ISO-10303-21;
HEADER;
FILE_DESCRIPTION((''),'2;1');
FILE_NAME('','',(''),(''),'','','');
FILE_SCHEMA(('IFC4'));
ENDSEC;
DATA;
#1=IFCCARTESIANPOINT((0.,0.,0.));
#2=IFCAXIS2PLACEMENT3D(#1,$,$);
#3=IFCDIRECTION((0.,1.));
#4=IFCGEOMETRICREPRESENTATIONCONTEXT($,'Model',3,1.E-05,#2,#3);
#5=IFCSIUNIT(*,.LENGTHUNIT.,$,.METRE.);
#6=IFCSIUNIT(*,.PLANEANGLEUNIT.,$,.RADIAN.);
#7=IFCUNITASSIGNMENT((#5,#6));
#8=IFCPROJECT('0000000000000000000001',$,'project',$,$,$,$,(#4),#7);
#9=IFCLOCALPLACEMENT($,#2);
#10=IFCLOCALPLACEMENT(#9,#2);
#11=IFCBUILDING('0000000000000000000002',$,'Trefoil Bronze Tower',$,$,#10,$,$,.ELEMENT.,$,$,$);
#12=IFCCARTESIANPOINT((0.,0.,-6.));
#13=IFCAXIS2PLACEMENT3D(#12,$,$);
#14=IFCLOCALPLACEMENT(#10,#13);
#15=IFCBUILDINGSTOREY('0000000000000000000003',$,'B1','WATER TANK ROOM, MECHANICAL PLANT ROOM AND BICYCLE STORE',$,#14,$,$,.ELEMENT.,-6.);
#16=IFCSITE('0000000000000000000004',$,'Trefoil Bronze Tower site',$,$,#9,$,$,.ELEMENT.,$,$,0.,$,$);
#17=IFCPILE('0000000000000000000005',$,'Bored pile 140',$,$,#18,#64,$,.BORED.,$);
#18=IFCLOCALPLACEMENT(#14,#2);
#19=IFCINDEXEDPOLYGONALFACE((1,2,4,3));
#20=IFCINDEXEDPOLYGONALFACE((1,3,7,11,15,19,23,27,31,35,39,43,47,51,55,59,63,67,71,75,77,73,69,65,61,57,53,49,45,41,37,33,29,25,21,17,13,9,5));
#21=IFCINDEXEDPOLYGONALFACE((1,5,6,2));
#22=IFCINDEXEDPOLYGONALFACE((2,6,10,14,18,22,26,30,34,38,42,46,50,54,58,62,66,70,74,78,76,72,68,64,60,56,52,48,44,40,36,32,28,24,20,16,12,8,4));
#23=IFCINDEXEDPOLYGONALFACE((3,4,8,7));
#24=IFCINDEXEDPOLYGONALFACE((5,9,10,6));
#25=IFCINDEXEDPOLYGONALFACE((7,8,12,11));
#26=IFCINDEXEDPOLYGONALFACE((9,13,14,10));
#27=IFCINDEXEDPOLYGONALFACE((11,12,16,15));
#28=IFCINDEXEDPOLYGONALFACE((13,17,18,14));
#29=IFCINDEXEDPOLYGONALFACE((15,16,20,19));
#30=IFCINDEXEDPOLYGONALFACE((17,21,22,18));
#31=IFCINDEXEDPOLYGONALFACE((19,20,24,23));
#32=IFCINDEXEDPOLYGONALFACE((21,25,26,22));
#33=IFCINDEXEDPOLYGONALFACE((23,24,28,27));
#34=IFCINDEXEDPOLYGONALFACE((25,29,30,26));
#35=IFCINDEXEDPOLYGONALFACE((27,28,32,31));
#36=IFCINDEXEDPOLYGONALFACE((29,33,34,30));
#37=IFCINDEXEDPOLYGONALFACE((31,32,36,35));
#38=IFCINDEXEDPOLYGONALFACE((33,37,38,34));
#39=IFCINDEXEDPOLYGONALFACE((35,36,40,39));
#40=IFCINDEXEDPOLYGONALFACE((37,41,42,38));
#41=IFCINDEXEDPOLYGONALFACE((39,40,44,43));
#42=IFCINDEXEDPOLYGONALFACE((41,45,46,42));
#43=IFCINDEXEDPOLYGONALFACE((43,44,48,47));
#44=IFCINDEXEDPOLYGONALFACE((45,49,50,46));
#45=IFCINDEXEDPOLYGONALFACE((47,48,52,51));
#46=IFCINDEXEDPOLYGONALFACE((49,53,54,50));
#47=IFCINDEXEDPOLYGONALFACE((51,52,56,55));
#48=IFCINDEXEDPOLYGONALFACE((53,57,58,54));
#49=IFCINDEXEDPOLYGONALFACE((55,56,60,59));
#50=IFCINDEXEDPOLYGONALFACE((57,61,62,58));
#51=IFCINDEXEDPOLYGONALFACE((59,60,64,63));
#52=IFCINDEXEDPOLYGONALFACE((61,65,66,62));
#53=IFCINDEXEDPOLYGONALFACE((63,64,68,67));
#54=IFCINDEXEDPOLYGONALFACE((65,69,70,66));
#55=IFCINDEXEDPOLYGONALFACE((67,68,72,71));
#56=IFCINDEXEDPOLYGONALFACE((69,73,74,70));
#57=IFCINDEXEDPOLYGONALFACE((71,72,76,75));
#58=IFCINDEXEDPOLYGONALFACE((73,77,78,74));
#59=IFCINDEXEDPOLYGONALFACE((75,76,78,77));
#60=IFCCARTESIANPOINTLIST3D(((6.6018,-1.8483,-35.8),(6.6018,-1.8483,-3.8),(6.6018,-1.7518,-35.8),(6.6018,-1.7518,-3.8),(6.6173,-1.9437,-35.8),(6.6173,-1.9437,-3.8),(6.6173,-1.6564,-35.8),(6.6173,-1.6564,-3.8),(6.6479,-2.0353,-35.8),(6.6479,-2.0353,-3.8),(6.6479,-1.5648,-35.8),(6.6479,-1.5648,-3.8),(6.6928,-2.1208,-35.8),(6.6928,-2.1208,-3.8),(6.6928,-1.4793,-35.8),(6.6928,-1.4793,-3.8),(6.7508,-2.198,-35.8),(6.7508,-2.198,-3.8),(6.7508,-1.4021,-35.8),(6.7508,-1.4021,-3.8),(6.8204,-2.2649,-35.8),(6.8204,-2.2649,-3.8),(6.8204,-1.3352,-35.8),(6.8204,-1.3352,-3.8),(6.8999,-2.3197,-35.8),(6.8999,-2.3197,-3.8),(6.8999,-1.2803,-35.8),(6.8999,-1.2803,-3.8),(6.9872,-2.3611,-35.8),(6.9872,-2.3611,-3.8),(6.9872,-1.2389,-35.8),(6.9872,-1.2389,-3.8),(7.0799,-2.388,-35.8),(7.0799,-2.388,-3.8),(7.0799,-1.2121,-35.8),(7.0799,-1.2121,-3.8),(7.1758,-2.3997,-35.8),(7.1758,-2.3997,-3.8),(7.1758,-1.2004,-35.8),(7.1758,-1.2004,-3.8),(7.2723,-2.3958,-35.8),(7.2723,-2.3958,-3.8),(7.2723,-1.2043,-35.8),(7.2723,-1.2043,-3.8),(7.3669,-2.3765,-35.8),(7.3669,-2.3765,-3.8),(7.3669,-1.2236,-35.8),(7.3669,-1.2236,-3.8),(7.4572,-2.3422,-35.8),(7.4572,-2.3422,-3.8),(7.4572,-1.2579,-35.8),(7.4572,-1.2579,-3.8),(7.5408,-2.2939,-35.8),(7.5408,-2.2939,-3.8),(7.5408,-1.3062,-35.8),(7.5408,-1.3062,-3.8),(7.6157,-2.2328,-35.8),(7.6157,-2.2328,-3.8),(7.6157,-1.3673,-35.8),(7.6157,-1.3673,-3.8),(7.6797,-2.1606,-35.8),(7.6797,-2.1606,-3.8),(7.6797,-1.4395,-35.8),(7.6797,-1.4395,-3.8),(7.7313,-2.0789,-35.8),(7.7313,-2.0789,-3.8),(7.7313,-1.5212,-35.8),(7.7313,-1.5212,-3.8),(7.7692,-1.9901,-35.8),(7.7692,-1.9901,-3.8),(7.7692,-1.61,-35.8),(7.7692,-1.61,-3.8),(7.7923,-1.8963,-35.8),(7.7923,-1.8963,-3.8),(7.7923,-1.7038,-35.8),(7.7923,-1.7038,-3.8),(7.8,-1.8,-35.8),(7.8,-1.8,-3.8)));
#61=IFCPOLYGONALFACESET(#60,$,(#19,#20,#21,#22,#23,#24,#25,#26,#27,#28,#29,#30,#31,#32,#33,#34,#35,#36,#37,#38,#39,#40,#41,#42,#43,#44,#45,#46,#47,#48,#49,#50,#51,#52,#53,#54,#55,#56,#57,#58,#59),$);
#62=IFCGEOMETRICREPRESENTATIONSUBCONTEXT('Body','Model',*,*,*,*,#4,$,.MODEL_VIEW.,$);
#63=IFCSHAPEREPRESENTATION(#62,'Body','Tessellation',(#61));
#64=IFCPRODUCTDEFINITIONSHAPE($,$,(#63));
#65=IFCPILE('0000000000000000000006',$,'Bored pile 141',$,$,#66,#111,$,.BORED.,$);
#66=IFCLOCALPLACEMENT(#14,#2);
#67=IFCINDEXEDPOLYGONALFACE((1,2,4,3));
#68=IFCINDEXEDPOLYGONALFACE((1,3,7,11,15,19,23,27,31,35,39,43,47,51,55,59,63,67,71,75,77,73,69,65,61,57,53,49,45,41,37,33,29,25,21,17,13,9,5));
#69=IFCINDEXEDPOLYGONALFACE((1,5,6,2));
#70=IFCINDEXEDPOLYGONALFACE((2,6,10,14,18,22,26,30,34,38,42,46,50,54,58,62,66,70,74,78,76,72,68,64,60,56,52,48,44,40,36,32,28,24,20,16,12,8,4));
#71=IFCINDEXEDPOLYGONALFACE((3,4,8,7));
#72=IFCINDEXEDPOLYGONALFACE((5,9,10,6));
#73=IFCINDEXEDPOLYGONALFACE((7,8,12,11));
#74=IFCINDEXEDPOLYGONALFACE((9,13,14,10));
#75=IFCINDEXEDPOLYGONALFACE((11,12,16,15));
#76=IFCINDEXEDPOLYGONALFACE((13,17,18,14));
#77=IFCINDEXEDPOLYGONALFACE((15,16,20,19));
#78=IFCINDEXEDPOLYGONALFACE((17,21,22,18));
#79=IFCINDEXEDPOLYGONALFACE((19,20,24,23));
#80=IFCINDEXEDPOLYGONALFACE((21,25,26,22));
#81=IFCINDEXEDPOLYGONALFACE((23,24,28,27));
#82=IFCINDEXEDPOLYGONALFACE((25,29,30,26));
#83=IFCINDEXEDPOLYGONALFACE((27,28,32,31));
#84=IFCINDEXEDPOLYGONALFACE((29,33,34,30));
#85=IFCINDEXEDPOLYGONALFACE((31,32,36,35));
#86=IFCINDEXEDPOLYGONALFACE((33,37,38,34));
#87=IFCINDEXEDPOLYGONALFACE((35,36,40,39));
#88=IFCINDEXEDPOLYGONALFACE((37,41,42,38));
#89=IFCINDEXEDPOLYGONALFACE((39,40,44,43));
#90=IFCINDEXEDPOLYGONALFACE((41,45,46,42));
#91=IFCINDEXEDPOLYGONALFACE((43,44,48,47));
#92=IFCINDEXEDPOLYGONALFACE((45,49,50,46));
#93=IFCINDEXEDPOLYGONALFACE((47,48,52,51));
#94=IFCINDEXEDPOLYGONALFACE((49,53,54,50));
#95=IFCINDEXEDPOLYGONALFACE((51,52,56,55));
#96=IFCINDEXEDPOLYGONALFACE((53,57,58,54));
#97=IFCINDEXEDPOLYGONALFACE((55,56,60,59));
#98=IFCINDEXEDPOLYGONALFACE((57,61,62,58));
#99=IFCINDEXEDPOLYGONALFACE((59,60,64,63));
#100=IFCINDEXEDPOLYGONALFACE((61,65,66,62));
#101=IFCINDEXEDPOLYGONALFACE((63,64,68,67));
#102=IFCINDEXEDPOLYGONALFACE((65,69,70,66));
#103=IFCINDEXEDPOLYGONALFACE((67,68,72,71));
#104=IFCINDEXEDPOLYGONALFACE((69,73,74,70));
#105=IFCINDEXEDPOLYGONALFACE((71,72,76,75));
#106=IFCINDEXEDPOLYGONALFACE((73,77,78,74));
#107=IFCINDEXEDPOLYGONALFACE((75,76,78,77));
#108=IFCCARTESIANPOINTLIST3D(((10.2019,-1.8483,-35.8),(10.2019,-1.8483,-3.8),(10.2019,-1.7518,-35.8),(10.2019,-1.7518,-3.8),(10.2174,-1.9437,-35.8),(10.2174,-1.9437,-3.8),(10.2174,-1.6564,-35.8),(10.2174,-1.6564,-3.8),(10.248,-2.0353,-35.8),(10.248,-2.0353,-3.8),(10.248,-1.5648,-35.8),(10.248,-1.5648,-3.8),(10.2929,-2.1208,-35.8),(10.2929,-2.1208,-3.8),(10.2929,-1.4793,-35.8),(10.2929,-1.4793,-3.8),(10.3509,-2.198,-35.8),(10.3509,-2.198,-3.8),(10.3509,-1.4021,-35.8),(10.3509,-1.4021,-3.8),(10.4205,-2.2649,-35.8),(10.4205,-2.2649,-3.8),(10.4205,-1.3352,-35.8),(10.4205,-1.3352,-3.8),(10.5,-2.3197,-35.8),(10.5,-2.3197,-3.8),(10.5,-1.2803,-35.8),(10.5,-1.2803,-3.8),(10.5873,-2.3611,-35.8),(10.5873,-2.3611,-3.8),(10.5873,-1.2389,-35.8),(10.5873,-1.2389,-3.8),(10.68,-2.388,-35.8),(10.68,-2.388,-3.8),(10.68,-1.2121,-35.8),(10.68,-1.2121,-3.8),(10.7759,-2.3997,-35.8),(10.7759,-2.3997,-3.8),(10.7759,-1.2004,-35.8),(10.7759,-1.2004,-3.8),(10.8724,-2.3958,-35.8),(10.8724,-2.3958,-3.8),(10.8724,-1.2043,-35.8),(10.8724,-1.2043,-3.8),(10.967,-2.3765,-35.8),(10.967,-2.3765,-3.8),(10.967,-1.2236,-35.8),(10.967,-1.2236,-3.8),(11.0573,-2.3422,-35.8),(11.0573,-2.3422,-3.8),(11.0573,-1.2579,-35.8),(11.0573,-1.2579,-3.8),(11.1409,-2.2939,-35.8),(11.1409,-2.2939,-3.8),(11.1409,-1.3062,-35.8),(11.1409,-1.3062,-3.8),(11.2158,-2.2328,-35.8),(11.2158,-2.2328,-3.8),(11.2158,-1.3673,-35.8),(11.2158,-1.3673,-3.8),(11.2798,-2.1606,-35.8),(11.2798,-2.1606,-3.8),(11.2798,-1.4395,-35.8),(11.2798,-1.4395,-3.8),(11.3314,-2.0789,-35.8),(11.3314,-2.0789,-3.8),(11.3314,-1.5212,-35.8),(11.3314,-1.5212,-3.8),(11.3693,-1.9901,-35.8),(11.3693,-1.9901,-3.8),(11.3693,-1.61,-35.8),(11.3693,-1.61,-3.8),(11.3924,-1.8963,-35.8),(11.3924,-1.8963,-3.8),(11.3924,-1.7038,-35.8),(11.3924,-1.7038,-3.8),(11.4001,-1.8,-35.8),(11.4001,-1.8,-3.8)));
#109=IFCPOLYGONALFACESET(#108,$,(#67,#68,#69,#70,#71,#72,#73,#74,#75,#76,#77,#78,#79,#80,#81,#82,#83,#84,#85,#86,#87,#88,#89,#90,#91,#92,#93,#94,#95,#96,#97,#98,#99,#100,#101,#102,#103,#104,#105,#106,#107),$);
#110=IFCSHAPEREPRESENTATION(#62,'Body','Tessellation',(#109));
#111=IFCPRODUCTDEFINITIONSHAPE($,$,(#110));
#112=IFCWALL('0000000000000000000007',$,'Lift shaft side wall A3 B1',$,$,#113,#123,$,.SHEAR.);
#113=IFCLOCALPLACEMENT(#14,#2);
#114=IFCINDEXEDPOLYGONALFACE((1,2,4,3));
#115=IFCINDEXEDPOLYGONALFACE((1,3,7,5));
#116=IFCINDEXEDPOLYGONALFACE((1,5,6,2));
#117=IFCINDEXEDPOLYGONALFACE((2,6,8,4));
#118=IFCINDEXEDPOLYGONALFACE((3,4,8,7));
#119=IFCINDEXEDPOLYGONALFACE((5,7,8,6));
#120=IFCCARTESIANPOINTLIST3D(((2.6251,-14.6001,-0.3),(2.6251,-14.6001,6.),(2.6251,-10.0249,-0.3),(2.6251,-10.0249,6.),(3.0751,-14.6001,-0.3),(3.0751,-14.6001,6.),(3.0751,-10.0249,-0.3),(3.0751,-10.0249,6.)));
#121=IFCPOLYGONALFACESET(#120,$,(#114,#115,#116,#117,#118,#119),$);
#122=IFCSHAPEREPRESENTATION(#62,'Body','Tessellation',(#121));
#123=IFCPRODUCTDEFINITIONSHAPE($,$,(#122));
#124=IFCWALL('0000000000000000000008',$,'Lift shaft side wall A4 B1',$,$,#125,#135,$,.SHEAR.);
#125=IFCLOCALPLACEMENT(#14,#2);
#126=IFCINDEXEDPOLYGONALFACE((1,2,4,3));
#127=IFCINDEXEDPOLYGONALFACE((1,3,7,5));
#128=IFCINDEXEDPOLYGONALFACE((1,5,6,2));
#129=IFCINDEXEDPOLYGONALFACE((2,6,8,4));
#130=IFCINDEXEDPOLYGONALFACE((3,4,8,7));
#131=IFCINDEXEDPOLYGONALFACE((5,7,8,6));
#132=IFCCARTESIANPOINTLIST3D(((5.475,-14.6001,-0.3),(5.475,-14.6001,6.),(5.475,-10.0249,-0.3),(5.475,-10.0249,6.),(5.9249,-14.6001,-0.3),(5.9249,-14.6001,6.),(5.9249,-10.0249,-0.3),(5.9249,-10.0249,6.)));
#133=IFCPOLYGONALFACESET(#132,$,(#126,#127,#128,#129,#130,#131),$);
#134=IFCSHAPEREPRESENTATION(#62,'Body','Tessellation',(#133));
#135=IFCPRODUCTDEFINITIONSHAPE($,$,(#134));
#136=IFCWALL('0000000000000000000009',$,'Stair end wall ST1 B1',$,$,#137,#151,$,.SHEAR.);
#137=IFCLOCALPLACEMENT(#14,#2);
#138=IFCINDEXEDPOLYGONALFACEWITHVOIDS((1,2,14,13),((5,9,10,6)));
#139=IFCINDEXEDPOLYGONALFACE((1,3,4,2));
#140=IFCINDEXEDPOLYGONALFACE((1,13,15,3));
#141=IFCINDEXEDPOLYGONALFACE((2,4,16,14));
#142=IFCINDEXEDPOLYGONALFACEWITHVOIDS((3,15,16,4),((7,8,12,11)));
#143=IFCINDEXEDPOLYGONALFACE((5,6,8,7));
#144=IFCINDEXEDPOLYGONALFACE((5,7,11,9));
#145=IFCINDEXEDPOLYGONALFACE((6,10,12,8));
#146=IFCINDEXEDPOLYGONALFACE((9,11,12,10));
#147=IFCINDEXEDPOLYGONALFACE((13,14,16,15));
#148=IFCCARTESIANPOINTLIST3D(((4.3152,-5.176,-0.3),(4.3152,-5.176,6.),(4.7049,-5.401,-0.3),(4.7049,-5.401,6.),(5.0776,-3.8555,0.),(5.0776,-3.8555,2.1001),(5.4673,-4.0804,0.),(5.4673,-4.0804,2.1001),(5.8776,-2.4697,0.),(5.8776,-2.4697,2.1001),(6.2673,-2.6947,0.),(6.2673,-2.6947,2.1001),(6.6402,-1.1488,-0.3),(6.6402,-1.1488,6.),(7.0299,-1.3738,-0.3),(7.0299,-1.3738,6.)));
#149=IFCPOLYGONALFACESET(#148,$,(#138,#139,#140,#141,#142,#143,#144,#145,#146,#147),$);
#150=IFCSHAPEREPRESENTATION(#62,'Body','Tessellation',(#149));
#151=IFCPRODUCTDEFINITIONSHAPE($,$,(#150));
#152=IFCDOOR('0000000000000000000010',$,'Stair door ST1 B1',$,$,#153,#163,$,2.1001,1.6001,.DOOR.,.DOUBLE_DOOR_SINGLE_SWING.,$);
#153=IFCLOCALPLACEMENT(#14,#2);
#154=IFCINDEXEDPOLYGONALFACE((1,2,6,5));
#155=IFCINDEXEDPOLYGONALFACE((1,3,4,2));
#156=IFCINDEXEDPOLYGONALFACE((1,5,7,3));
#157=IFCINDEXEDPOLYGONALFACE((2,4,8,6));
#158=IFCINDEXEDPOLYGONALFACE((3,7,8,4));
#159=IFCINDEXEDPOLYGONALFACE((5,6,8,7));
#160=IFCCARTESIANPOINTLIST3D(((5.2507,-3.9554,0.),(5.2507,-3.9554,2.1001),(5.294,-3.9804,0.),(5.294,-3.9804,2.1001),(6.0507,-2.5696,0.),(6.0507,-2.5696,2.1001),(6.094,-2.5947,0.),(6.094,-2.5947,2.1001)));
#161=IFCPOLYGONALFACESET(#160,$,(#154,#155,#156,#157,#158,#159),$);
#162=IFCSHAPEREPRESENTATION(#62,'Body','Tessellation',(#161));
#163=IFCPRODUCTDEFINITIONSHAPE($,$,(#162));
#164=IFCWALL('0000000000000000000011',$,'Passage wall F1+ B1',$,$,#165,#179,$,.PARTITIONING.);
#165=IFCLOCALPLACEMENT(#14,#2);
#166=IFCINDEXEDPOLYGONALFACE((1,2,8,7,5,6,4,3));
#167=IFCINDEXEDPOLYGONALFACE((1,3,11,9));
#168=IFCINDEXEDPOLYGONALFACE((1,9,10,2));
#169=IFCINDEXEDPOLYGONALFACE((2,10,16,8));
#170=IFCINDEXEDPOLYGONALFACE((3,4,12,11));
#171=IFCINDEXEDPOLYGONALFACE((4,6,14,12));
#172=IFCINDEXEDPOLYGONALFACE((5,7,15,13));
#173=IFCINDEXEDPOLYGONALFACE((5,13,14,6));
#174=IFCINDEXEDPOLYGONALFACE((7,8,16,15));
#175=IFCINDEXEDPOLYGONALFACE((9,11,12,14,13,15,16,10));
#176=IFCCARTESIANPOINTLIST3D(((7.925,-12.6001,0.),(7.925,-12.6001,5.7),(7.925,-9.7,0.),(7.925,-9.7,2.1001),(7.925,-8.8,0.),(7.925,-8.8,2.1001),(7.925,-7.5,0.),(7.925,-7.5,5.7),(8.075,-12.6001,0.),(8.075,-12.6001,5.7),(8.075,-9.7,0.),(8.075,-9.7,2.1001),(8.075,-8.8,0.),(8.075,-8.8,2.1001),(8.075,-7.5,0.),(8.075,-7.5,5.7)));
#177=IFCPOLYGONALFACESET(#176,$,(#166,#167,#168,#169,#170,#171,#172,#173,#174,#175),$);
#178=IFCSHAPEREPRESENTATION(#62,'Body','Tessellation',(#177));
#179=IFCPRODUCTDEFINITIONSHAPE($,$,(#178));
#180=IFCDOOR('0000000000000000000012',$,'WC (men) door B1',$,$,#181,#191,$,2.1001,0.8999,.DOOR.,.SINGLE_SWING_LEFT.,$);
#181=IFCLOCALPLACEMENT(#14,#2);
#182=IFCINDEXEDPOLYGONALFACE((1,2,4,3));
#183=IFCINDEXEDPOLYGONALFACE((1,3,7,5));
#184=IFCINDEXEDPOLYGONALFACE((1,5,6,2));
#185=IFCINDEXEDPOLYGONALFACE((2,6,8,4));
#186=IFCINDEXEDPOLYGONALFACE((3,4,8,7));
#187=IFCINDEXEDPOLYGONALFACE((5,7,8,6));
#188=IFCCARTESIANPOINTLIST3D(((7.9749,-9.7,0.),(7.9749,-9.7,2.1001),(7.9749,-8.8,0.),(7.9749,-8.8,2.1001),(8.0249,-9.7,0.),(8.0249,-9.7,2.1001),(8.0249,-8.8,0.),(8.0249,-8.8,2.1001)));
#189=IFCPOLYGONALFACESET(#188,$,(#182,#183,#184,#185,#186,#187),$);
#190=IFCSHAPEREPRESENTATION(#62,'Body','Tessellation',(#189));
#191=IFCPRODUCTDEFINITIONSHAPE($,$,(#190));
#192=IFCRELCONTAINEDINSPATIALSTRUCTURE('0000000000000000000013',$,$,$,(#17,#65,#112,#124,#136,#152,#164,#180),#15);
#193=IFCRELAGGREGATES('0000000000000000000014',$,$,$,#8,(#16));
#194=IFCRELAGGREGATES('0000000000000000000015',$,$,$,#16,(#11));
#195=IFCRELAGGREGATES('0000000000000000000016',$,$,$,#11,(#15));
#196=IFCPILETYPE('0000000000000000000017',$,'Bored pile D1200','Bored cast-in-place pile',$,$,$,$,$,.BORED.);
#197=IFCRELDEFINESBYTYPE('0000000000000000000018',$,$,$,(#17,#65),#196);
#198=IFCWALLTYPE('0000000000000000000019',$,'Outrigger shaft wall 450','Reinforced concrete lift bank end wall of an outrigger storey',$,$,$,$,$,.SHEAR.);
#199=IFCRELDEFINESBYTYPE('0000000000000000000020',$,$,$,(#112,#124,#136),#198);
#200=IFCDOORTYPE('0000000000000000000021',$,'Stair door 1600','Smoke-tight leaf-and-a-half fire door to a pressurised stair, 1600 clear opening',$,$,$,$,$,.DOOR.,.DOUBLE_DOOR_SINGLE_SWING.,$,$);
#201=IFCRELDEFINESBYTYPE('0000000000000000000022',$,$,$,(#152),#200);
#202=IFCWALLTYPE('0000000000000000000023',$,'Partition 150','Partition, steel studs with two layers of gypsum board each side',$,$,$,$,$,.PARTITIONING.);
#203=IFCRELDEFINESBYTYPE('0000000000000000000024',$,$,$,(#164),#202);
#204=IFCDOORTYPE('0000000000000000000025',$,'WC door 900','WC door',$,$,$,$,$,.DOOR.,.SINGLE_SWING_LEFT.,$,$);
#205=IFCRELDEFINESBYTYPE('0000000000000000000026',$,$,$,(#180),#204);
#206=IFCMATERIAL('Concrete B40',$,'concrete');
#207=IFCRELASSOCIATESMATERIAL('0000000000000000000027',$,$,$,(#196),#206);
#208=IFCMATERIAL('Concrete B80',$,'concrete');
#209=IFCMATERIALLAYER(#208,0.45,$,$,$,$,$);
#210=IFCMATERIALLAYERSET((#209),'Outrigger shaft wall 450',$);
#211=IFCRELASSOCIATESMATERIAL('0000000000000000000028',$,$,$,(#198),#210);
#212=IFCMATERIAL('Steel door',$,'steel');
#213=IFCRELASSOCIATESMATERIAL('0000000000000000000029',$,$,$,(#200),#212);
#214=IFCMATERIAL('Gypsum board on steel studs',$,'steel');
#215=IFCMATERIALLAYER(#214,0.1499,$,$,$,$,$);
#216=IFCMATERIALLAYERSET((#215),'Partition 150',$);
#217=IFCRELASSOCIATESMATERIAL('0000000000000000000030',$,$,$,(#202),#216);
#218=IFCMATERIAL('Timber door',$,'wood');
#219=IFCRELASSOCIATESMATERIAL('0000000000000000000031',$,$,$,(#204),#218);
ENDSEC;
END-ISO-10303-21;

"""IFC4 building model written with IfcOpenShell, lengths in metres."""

from ifc_helpers import new_model, si_unit, direction, frame, frame_2d, origin, origin_2d, place, context, subcontext, project, spatial, rectangle, circle, extrude, material, layer, layer_set, type_object, element, fill, save


model = new_model("IFC4")

# Units and contexts
model_context = context("Model", 3, precision=1e-05, world=origin(), true_north=direction((0.0, 1.0)))
body_context = subcontext(model_context, "Body", "Model", "MODEL_VIEW")
ifc_project = project(units=[si_unit("LENGTHUNIT", "METRE"), si_unit("PLANEANGLEUNIT", "RADIAN")], contexts=[model_context])

# Site, building, storey
site_placement = place(None, origin())
site = spatial("IfcSite", under=ifc_project, at=site_placement, Name="Trefoil Bronze Tower site", CompositionType="ELEMENT", RefElevation=0.0)
building_placement = place(site_placement, origin())
building = spatial("IfcBuilding", under=site, at=building_placement, Name="Trefoil Bronze Tower", CompositionType="ELEMENT")
storey_placement = place(building_placement, frame((0.0, 0.0, -6.0)))
storey = spatial("IfcBuildingStorey", under=building, at=storey_placement, Name="B1", Description="WATER TANK ROOM, MECHANICAL PLANT ROOM AND BICYCLE STORE", CompositionType="ELEMENT", Elevation=-6.0)

# Piles
ifc_material_1 = material(Name="Concrete B40", Category="concrete")
pile_type = type_object("IfcPileType", Name="Bored pile D1200", Description="Bored cast-in-place pile", PredefinedType="BORED", material=ifc_material_1)
for number, where, z_axis, x_axis, name in (
    (1, (7.2, -1.8, -3.8), (0.0, 0.0, -1.0), (1.0, 0.0, 0.0), "Bored pile 140"),
    (2, (10.8, -1.8, -3.8), (0.0, 0.0, -1.0), (1.0, 0.0, 0.0), "Bored pile 141"),
):
    element("IfcPile", number, at=place(storey_placement, frame(where, z_axis=z_axis, x_axis=x_axis)), inside=storey, type_object=pile_type, Name=name, PredefinedType="BORED", context=body_context, shape_type="SweptSolid", body=[
        extrude(circle(Radius=0.6001, at=origin_2d()), origin(), (0.0, 0.0, 1.0), 32.0),
    ])

# Walls
ifc_material_2 = material(Name="Concrete B80", Category="concrete")
ifc_layer_1 = layer(ifc_material_2, 0.45)
ifc_layer_set_1 = layer_set([ifc_layer_1], Name="Outrigger shaft wall 450")
wall_type_1 = type_object("IfcWallType", Name="Outrigger shaft wall 450", Description="Reinforced concrete lift bank end wall of an outrigger storey", PredefinedType="SHEAR", material=ifc_layer_set_1)
for number, where, z_axis, x_axis, name in (
    (3, (2.8501, -10.0249, -0.3), (0.0, 0.0, 1.0), (0.0, -1.0, 0.0), "Lift shaft side wall A3 B1"),
    (4, (5.7, -10.0249, -0.3), (0.0, 0.0, 1.0), (0.0, -1.0, 0.0), "Lift shaft side wall A4 B1"),
):
    element("IfcWall", number, at=place(storey_placement, frame(where, z_axis=z_axis, x_axis=x_axis)), inside=storey, type_object=wall_type_1, Name=name, PredefinedType="SHEAR", context=body_context, shape_type="SweptSolid", body=[
        extrude(rectangle(XDim=4.5752, YDim=0.45, at=frame_2d((2.2876, 0.0))), origin(), (0.0, 0.0, 1.0), 6.3),
    ])

# Walls, openings, doors
wall_1_placement = place(storey_placement, frame((4.51, -5.2886, -0.3), z_axis=(0.0, 0.0, 1.0), x_axis=(0.499985, 0.866034, 0.0)))
wall_1 = element("IfcWall", 5, at=wall_1_placement, inside=storey, type_object=wall_type_1, Name="Stair end wall ST1 B1", PredefinedType="SHEAR", context=body_context, shape_type="SweptSolid", body=[
    extrude(rectangle(XDim=4.6501, YDim=0.45, at=frame_2d((2.3252, 0.0))), origin(), (0.0, 0.0, 1.0), 6.3),
])
opening_1_placement = place(wall_1_placement, frame((1.5249, 0.0, 0.3)))
opening_1 = element("IfcOpeningElement", 6, at=opening_1_placement, cuts=wall_1, PredefinedType="OPENING", context=body_context, shape_type="SweptSolid", body=[
    extrude(rectangle(XDim=1.6001, YDim=2.1001, at=frame_2d((0.8, 1.05))), frame((0.0, 0.2349, 0.0), z_axis=(0.0, -1.0, 0.0), x_axis=(1.0, 0.0, 0.0)), (0.0, 0.0, 1.0), 0.47),
])
ifc_material_3 = material(Name="Steel door", Category="steel")
door_type_1 = type_object("IfcDoorType", Name="Stair door 1600", Description="Smoke-tight leaf-and-a-half fire door to a pressurised stair, 1600 clear opening", OperationType="DOUBLE_DOOR_SINGLE_SWING", PredefinedType="DOOR", material=ifc_material_3)
door_1_placement = place(opening_1_placement, frame((1.6001, 0.0, 0.0), z_axis=(0.0, 0.0, 1.0), x_axis=(-1.0, 0.0, 0.0)))
door_1 = element("IfcDoor", 7, at=door_1_placement, inside=storey, type_object=door_type_1, Name="Stair door ST1 B1", OperationType="DOUBLE_DOOR_SINGLE_SWING", OverallHeight=2.1001, OverallWidth=1.6001, PredefinedType="DOOR", context=body_context, shape_type="SweptSolid", body=[
    extrude(rectangle(XDim=1.6001, YDim=2.1001, at=frame_2d((0.8, 1.05))), frame((0.0, 0.0249, 0.0), z_axis=(0.0, -1.0, 0.0), x_axis=(1.0, 0.0, 0.0)), (0.0, 0.0, 1.0), 0.05),
])
fill(opening_1, door_1)
ifc_material_4 = material(Name="Gypsum board on steel studs", Category="steel")
ifc_layer_2 = layer(ifc_material_4, 0.1499)
ifc_layer_set_2 = layer_set([ifc_layer_2], Name="Partition 150")
wall_type_2 = type_object("IfcWallType", Name="Partition 150", Description="Partition, steel studs with two layers of gypsum board each side", PredefinedType="PARTITIONING", material=ifc_layer_set_2)
wall_2_placement = place(storey_placement, frame((8.0, -7.5, 0.0), z_axis=(0.0, 0.0, 1.0), x_axis=(0.0, -1.0, 0.0)))
wall_2 = element("IfcWall", 8, at=wall_2_placement, inside=storey, type_object=wall_type_2, Name="Passage wall F1+ B1", PredefinedType="PARTITIONING", context=body_context, shape_type="SweptSolid", body=[
    extrude(rectangle(XDim=5.1001, YDim=0.1499, at=frame_2d((2.55, 0.0))), origin(), (0.0, 0.0, 1.0), 5.7),
])
opening_2_placement = place(wall_2_placement, frame((1.3, 0.0, 0.0)))
opening_2 = element("IfcOpeningElement", 9, at=opening_2_placement, cuts=wall_2, PredefinedType="OPENING", context=body_context, shape_type="SweptSolid", body=[
    extrude(rectangle(XDim=0.8999, YDim=2.1001, at=frame_2d((0.45, 1.05))), frame((0.0, 0.085, 0.0), z_axis=(0.0, -1.0, 0.0), x_axis=(1.0, 0.0, 0.0)), (0.0, 0.0, 1.0), 0.1699),
])
ifc_material_5 = material(Name="Timber door", Category="wood")
door_type_2 = type_object("IfcDoorType", Name="WC door 900", Description="WC door", OperationType="SINGLE_SWING_LEFT", PredefinedType="DOOR", material=ifc_material_5)
door_2_placement = place(opening_2_placement, origin())
door_2 = element("IfcDoor", 10, at=door_2_placement, inside=storey, type_object=door_type_2, Name="WC (men) door B1", OperationType="SINGLE_SWING_LEFT", OverallHeight=2.1001, OverallWidth=0.8999, PredefinedType="DOOR", context=body_context, shape_type="SweptSolid", body=[
    extrude(rectangle(XDim=0.8999, YDim=2.1001, at=frame_2d((0.45, 1.05))), frame((0.0, 0.0249, 0.0), z_axis=(0.0, -1.0, 0.0), x_axis=(1.0, 0.0, 0.0)), (0.0, 0.0, 1.0), 0.05),
])
fill(opening_2, door_2)

save(model, "model.ifc")
